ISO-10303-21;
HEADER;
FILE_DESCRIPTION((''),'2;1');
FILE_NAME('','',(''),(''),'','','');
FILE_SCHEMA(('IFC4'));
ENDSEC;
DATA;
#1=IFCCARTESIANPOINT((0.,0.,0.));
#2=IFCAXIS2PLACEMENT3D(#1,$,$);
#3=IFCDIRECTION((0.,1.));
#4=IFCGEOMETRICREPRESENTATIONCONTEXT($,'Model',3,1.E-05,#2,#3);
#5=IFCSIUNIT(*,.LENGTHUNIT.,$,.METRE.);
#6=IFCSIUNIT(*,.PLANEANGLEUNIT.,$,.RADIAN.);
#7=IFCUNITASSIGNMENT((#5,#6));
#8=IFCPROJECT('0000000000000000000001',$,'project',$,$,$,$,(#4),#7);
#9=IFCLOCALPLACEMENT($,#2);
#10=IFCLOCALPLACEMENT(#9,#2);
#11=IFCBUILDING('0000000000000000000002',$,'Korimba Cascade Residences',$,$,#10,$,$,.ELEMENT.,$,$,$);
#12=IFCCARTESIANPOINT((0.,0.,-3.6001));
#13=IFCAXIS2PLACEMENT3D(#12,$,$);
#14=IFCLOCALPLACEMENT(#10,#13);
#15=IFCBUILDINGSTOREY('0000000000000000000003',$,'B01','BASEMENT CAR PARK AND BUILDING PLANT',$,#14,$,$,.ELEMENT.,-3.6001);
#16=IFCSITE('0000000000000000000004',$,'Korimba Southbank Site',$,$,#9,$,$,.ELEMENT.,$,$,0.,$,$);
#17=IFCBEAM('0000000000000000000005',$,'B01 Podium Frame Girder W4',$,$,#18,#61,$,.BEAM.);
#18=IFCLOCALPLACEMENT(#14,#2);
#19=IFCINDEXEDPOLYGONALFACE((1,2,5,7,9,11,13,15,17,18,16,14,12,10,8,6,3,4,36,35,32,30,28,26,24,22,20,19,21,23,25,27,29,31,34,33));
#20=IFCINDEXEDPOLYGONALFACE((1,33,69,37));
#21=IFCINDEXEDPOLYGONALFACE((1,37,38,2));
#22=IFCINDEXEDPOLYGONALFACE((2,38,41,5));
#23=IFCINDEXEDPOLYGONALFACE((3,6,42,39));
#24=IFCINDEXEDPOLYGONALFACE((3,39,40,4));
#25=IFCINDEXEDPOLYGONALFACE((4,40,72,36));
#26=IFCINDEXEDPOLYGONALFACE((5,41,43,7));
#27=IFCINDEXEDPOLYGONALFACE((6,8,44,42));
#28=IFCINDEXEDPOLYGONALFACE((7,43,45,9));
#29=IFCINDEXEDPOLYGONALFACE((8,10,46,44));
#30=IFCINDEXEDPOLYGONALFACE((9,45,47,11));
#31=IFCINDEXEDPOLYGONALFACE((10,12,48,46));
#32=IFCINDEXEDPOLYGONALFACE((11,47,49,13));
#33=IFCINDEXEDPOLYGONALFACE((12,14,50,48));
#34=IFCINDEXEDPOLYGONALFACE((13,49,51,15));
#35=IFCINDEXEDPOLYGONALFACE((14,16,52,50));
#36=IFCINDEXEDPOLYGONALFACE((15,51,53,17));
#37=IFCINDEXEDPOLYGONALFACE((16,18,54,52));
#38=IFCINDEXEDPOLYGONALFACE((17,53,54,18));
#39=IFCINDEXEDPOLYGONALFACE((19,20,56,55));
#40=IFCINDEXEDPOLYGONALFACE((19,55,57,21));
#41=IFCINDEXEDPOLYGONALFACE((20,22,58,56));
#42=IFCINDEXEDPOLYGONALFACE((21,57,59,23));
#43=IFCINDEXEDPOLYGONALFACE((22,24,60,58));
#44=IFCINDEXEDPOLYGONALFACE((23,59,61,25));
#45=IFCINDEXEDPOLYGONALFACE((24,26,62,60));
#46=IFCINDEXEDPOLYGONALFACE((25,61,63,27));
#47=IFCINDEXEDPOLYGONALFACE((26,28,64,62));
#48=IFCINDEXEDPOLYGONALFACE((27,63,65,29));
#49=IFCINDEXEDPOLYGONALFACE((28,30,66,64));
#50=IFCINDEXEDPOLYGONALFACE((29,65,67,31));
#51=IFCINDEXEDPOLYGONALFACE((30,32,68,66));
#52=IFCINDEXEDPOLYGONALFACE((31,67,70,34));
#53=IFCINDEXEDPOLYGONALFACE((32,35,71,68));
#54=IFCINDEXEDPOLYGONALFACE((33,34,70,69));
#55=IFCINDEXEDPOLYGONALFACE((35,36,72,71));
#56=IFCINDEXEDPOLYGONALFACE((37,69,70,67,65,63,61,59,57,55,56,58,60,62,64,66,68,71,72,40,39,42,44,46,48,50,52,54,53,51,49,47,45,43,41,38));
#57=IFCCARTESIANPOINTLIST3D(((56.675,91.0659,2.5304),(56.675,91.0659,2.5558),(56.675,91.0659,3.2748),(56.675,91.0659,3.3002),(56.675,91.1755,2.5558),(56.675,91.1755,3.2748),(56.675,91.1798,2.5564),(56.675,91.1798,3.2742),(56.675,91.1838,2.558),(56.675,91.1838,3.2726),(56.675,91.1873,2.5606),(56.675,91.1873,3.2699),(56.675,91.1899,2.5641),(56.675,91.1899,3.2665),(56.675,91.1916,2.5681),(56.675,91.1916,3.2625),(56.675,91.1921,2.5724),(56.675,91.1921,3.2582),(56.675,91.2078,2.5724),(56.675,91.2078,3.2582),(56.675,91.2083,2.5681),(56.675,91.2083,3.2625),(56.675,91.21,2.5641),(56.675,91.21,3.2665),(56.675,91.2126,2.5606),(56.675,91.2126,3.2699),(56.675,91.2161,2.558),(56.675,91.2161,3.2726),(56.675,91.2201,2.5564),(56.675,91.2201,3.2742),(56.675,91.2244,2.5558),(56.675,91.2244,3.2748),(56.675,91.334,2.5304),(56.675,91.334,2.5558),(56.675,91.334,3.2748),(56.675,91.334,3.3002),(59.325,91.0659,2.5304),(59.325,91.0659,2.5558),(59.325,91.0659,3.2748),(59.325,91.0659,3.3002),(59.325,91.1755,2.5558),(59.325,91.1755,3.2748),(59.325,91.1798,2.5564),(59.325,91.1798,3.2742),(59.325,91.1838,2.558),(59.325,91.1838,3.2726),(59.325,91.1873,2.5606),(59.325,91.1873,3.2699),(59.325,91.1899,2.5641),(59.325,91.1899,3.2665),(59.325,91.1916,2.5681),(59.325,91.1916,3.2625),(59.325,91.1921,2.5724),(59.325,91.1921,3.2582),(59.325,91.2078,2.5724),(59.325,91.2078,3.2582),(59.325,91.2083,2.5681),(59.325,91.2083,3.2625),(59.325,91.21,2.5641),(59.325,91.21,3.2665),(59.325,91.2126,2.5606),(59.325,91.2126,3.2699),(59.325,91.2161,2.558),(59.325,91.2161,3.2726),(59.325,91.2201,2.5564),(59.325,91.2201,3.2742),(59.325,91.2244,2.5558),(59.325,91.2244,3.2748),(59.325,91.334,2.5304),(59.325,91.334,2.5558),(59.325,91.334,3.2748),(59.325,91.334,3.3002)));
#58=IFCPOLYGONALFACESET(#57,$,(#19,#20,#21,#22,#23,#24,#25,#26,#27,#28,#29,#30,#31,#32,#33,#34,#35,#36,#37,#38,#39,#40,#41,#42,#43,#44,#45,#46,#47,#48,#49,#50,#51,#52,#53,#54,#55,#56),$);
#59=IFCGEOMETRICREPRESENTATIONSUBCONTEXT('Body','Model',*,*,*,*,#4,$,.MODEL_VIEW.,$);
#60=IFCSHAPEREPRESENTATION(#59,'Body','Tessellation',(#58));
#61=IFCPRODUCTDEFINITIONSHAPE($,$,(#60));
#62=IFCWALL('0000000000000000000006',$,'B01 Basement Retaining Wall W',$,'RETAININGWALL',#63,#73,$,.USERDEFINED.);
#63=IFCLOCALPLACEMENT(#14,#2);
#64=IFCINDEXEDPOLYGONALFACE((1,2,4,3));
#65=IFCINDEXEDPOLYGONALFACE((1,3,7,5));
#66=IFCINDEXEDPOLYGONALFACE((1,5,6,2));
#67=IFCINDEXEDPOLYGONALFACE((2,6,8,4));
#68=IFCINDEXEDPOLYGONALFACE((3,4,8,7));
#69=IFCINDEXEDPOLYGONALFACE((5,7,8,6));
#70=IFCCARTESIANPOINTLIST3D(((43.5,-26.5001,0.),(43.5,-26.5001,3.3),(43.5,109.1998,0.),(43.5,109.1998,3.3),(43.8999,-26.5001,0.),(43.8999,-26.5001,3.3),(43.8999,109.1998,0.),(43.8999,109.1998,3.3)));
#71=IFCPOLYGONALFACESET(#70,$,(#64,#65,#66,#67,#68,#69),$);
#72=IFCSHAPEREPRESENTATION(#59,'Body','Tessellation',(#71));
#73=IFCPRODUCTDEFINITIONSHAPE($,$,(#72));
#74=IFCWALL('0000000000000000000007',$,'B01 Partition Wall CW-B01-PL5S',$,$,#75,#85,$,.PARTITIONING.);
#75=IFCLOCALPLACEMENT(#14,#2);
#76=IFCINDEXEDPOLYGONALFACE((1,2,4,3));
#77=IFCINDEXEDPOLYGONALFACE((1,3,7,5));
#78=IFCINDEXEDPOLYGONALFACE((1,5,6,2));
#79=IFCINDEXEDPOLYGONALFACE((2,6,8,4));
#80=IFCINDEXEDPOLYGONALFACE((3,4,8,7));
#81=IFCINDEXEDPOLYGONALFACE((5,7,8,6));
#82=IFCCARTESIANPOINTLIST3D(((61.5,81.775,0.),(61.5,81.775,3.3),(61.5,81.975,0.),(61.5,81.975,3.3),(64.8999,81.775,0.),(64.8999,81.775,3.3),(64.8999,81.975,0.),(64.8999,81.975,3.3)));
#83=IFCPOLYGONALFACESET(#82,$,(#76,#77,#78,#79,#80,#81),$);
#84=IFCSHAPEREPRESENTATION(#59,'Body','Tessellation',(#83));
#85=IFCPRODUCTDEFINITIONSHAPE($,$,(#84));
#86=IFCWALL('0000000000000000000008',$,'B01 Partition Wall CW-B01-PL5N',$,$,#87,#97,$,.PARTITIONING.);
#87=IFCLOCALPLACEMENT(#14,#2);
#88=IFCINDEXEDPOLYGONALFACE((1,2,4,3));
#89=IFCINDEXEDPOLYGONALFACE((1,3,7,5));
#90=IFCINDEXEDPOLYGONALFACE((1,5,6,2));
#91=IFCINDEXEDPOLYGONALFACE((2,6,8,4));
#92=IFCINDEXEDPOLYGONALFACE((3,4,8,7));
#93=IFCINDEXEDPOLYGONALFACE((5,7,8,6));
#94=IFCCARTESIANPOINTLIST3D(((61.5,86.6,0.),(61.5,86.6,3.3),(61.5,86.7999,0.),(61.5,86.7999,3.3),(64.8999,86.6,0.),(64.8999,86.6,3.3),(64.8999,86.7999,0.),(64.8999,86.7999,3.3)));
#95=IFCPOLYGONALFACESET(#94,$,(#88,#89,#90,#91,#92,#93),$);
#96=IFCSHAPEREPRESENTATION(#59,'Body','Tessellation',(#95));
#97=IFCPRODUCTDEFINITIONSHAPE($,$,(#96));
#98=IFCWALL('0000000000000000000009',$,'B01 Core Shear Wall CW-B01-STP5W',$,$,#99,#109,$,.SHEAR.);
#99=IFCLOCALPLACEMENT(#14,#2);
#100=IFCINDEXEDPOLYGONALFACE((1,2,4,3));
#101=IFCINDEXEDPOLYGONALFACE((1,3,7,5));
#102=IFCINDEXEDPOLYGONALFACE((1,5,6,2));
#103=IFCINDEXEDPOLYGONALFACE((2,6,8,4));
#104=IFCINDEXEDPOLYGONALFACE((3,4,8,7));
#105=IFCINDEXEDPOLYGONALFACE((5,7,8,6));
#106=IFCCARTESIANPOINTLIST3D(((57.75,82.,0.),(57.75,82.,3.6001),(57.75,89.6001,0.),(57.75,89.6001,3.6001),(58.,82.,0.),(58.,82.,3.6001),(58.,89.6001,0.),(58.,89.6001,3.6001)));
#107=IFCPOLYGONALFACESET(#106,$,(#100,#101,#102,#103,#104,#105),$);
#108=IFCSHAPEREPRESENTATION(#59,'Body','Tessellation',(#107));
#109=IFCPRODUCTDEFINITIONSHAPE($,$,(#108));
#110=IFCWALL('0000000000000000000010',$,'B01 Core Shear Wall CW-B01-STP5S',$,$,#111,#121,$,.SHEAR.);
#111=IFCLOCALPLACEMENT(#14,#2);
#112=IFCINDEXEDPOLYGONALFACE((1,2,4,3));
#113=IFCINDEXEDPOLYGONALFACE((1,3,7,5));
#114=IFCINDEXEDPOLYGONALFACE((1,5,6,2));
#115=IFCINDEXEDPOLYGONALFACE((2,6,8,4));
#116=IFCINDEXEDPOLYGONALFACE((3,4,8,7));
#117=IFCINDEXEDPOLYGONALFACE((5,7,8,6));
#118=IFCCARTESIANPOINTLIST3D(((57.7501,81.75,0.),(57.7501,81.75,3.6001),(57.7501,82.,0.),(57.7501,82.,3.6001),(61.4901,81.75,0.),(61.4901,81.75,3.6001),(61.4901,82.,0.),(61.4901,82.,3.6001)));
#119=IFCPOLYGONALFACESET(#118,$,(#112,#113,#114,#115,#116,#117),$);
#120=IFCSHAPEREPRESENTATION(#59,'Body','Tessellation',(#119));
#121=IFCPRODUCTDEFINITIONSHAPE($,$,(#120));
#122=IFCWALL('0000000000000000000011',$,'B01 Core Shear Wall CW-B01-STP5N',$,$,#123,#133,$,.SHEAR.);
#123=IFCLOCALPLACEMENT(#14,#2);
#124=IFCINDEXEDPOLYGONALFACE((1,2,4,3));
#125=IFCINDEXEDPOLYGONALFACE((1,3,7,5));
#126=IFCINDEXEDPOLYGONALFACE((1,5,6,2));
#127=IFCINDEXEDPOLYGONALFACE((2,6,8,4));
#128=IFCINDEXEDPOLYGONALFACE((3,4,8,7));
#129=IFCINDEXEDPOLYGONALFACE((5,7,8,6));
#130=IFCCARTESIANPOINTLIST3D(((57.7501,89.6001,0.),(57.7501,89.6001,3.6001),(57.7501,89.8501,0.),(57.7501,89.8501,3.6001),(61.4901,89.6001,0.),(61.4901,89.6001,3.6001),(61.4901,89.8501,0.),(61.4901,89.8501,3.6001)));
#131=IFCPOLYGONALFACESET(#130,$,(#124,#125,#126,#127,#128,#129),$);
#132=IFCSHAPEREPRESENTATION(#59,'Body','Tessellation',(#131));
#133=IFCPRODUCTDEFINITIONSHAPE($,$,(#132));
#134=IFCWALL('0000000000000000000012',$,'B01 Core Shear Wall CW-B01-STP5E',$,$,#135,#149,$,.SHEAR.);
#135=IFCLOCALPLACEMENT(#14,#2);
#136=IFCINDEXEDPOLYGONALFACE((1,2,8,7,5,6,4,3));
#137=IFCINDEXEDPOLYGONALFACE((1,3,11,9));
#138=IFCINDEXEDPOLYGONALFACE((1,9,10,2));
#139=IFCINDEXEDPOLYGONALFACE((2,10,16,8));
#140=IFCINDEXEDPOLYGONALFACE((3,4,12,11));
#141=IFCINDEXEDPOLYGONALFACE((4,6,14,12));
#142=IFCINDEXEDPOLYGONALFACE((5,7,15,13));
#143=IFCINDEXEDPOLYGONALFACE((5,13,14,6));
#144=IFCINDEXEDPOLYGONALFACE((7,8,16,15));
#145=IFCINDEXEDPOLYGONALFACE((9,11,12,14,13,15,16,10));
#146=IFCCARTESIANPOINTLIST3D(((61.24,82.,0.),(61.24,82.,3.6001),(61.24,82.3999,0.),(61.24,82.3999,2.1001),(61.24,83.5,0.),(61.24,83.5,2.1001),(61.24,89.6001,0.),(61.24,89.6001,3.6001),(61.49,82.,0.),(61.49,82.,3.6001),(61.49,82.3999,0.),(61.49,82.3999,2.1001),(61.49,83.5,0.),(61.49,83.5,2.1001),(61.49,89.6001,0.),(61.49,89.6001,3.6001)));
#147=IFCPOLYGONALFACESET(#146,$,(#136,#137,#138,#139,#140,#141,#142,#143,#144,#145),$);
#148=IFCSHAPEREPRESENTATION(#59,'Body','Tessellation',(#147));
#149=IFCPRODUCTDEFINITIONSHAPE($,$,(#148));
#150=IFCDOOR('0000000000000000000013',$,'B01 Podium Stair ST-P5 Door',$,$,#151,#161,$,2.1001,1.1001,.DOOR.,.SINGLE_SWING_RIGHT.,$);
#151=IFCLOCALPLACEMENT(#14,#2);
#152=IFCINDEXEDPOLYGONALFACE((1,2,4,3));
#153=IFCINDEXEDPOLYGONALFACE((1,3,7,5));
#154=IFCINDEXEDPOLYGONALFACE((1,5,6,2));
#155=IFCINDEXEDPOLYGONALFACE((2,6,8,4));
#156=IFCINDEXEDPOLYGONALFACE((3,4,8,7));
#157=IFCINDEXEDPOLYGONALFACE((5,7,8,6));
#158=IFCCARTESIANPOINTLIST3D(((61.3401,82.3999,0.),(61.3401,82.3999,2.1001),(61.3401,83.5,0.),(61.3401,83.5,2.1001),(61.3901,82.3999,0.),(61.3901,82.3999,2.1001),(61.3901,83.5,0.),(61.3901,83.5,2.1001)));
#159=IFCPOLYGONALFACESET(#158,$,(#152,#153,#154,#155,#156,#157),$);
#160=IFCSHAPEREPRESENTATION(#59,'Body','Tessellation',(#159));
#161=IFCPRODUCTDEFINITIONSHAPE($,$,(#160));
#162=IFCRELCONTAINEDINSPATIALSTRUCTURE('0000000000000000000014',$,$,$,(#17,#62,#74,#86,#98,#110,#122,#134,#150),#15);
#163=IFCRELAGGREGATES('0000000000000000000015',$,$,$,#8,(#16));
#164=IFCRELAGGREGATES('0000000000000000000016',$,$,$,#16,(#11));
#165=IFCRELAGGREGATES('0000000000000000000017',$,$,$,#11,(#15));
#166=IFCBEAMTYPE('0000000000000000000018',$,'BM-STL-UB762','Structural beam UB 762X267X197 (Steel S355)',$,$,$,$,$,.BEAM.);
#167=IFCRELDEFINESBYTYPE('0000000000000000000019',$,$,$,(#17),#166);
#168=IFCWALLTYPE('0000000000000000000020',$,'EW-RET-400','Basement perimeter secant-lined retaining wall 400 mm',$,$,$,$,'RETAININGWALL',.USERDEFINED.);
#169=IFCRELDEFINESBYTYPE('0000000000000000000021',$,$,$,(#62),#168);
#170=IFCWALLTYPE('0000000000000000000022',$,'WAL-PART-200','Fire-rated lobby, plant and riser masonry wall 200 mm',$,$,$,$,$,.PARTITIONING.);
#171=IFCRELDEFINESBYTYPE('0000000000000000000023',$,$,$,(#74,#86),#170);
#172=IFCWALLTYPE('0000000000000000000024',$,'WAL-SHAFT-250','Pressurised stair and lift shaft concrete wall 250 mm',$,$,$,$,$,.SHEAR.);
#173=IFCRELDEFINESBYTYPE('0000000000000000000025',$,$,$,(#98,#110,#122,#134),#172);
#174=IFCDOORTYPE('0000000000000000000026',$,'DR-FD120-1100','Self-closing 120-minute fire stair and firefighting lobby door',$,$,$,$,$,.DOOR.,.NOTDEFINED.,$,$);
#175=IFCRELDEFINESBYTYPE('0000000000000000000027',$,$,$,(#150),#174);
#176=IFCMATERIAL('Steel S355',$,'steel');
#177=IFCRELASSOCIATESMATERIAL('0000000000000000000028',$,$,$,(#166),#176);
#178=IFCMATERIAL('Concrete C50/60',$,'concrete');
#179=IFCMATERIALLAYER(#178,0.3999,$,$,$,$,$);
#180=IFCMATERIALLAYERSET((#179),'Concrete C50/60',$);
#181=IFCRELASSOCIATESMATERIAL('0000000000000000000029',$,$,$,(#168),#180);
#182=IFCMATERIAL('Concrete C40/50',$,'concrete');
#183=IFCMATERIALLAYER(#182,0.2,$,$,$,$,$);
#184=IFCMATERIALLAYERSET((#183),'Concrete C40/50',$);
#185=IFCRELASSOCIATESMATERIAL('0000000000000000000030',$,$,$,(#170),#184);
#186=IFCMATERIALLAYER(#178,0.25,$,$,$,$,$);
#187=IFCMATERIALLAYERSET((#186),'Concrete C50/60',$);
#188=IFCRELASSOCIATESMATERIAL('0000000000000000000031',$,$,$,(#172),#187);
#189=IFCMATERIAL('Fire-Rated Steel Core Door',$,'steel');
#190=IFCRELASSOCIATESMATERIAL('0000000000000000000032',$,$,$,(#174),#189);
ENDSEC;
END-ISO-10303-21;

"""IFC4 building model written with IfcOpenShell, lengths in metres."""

from ifc_helpers import new_model, si_unit, direction, frame, frame_2d, origin, origin_2d, place, context, subcontext, project, spatial, rectangle, i_section, extrude, material, layer, layer_set, material_profile, profile_set, type_object, element, fill, save


model = new_model("IFC4")

# Units and contexts
model_context = context("Model", 3, precision=1e-05, world=origin(), true_north=direction((0.0, 1.0)))
body_context = subcontext(model_context, "Body", "Model", "MODEL_VIEW")
ifc_project = project(units=[si_unit("LENGTHUNIT", "METRE"), si_unit("PLANEANGLEUNIT", "RADIAN")], contexts=[model_context])

# Site, building, storey
site_placement = place(None, origin())
site = spatial("IfcSite", under=ifc_project, at=site_placement, Name="Korimba Southbank Site", CompositionType="ELEMENT", RefElevation=0.0)
building_placement = place(site_placement, origin())
building = spatial("IfcBuilding", under=site, at=building_placement, Name="Korimba Cascade Residences", CompositionType="ELEMENT")
storey_placement = place(building_placement, frame((0.0, 0.0, -3.6001)))
storey = spatial("IfcBuildingStorey", under=building, at=storey_placement, Name="B01", Description="BASEMENT CAR PARK AND BUILDING PLANT", CompositionType="ELEMENT", Elevation=-3.6001)

# Beam
ifc_material_1 = material(Name="Concrete C50/60", Category="concrete")
ifc_material_2 = material(Name="Steel S355", Category="steel")
ifc_material_profile_1 = material_profile(ifc_material_2, i_section(OverallWidth=0.2681, OverallDepth=0.7698, WebThickness=0.0156, FlangeThickness=0.0254, FilletRadius=0.0166, at=origin_2d()), Name="Steel S355")
ifc_profile_set_1 = profile_set([ifc_material_profile_1], Name="Steel S355")
beam_type_1 = type_object("IfcBeamType", Name="BM-STL-UB762", Description="Structural beam UB 762X267X197 (Steel S355)", PredefinedType="BEAM", material=ifc_profile_set_1)
beam_1_placement = place(storey_placement, frame((56.675, 91.2, 2.9153), z_axis=(1.0, 0.0, 0.0), x_axis=(0.0, 1.0, 0.0)))
element("IfcBeam", 1, at=beam_1_placement, inside=storey, type_object=beam_type_1, Name="B01 Podium Frame Girder W4", PredefinedType="BEAM", context=body_context, shape_type="SweptSolid", body=[
    extrude(i_section(OverallWidth=0.2681, OverallDepth=0.7698, WebThickness=0.0156, FlangeThickness=0.0254, FilletRadius=0.0166, at=origin_2d()), origin(), (0.0, 0.0, 1.0), 2.6499),
])

# Wall
ifc_layer_1 = layer(ifc_material_1, 0.3999)
ifc_layer_set_1 = layer_set([ifc_layer_1], Name="Concrete C50/60")
wall_type_1 = type_object("IfcWallType", Name="EW-RET-400", Description="Basement perimeter secant-lined retaining wall 400 mm", ElementType="RETAININGWALL", PredefinedType="USERDEFINED", material=ifc_layer_set_1)
wall_1_placement = place(storey_placement, frame((43.7, 109.2, 0.0), z_axis=(0.0, 0.0, 1.0), x_axis=(0.0, -1.0, 0.0)))
element("IfcWall", 2, at=wall_1_placement, inside=storey, type_object=wall_type_1, Name="B01 Basement Retaining Wall W", ObjectType="RETAININGWALL", PredefinedType="USERDEFINED", context=body_context, shape_type="SweptSolid", body=[
    extrude(rectangle(XDim=135.7, YDim=0.3999, at=frame_2d((67.8501, 0.0))), origin(), (0.0, 0.0, 1.0), 3.3),
])

# Shared definitions
ifc_material_3 = material(Name="Concrete C40/50", Category="concrete")
ifc_layer_2 = layer(ifc_material_3, 0.2)
ifc_layer_set_2 = layer_set([ifc_layer_2], Name="Concrete C40/50")
wall_type_2 = type_object("IfcWallType", Name="WAL-PART-200", Description="Fire-rated lobby, plant and riser masonry wall 200 mm", PredefinedType="PARTITIONING", material=ifc_layer_set_2)

# Walls
for number, where, z_axis, x_axis, name in (
    (3, (61.5, 81.875, 0.0), (0.0, 0.0, 1.0), (1.0, 0.0, 0.0), "B01 Partition Wall CW-B01-PL5S"),
    (4, (61.5, 86.7, 0.0), (0.0, 0.0, 1.0), (1.0, 0.0, 0.0), "B01 Partition Wall CW-B01-PL5N"),
):
    element("IfcWall", number, at=place(storey_placement, frame(where, z_axis=z_axis, x_axis=x_axis)), inside=storey, type_object=wall_type_2, Name=name, PredefinedType="PARTITIONING", context=body_context, shape_type="SweptSolid", body=[
        extrude(rectangle(XDim=3.3999, YDim=0.2, at=frame_2d((1.7, 0.0))), origin(), (0.0, 0.0, 1.0), 3.3),
    ])
ifc_layer_3 = layer(ifc_material_1, 0.25)
ifc_layer_set_3 = layer_set([ifc_layer_3], Name="Concrete C50/60")
wall_type_3 = type_object("IfcWallType", Name="WAL-SHAFT-250", Description="Pressurised stair and lift shaft concrete wall 250 mm", PredefinedType="SHEAR", material=ifc_layer_set_3)
wall_2_placement = place(storey_placement, frame((57.875, 82.0, 0.0), z_axis=(0.0, 0.0, 1.0), x_axis=(0.0, 1.0, 0.0)))
element("IfcWall", 5, at=wall_2_placement, inside=storey, type_object=wall_type_3, Name="B01 Core Shear Wall CW-B01-STP5W", PredefinedType="SHEAR", context=body_context, shape_type="SweptSolid", body=[
    extrude(rectangle(XDim=7.6001, YDim=0.25, at=frame_2d((3.8, 0.0))), origin(), (0.0, 0.0, 1.0), 3.6001),
])
for number, where, z_axis, x_axis, name in (
    (6, (57.75, 81.875, 0.0), (0.0, 0.0, 1.0), (1.0, 0.0, 0.0), "B01 Core Shear Wall CW-B01-STP5S"),
    (7, (57.75, 89.7251, 0.0), (0.0, 0.0, 1.0), (1.0, 0.0, 0.0), "B01 Core Shear Wall CW-B01-STP5N"),
):
    element("IfcWall", number, at=place(storey_placement, frame(where, z_axis=z_axis, x_axis=x_axis)), inside=storey, type_object=wall_type_3, Name=name, PredefinedType="SHEAR", context=body_context, shape_type="SweptSolid", body=[
        extrude(rectangle(XDim=3.74, YDim=0.25, at=frame_2d((1.8701, 0.0))), origin(), (0.0, 0.0, 1.0), 3.6001),
    ])

# Wall, opening, door
wall_3_placement = place(storey_placement, frame((61.365, 82.0, 0.0), z_axis=(0.0, 0.0, 1.0), x_axis=(0.0, 1.0, 0.0)))
wall_3 = element("IfcWall", 8, at=wall_3_placement, inside=storey, type_object=wall_type_3, Name="B01 Core Shear Wall CW-B01-STP5E", PredefinedType="SHEAR", context=body_context, shape_type="SweptSolid", body=[
    extrude(rectangle(XDim=7.6001, YDim=0.25, at=frame_2d((3.8, 0.0))), origin(), (0.0, 0.0, 1.0), 3.6001),
])
opening_1_placement = place(wall_3_placement, frame((0.3999, 0.0, 0.0)))
opening_1 = element("IfcOpeningElement", 9, at=opening_1_placement, cuts=wall_3, PredefinedType="OPENING", context=body_context, shape_type="SweptSolid", body=[
    extrude(rectangle(XDim=1.1001, YDim=2.1001, at=frame_2d((0.55, 1.05))), frame((0.0, 0.135, 0.0), z_axis=(0.0, -1.0, 0.0), x_axis=(1.0, 0.0, 0.0)), (0.0, 0.0, 1.0), 0.27),
])
ifc_material_4 = material(Name="Fire-Rated Steel Core Door", Category="steel")
door_type_1 = type_object("IfcDoorType", Name="DR-FD120-1100", Description="Self-closing 120-minute fire stair and firefighting lobby door", OperationType="NOTDEFINED", PredefinedType="DOOR", material=ifc_material_4)
door_1_placement = place(opening_1_placement, origin())
door_1 = element("IfcDoor", 10, at=door_1_placement, inside=storey, type_object=door_type_1, Name="B01 Podium Stair ST-P5 Door", OperationType="SINGLE_SWING_RIGHT", OverallHeight=2.1001, OverallWidth=1.1001, PredefinedType="DOOR", context=body_context, shape_type="SweptSolid", body=[
    extrude(rectangle(XDim=1.1001, YDim=2.1001, at=frame_2d((0.55, 1.05))), frame((0.0, 0.0249, 0.0), z_axis=(0.0, -1.0, 0.0), x_axis=(1.0, 0.0, 0.0)), (0.0, 0.0, 1.0), 0.05),
])
fill(opening_1, door_1)

save(model, "model.ifc")
